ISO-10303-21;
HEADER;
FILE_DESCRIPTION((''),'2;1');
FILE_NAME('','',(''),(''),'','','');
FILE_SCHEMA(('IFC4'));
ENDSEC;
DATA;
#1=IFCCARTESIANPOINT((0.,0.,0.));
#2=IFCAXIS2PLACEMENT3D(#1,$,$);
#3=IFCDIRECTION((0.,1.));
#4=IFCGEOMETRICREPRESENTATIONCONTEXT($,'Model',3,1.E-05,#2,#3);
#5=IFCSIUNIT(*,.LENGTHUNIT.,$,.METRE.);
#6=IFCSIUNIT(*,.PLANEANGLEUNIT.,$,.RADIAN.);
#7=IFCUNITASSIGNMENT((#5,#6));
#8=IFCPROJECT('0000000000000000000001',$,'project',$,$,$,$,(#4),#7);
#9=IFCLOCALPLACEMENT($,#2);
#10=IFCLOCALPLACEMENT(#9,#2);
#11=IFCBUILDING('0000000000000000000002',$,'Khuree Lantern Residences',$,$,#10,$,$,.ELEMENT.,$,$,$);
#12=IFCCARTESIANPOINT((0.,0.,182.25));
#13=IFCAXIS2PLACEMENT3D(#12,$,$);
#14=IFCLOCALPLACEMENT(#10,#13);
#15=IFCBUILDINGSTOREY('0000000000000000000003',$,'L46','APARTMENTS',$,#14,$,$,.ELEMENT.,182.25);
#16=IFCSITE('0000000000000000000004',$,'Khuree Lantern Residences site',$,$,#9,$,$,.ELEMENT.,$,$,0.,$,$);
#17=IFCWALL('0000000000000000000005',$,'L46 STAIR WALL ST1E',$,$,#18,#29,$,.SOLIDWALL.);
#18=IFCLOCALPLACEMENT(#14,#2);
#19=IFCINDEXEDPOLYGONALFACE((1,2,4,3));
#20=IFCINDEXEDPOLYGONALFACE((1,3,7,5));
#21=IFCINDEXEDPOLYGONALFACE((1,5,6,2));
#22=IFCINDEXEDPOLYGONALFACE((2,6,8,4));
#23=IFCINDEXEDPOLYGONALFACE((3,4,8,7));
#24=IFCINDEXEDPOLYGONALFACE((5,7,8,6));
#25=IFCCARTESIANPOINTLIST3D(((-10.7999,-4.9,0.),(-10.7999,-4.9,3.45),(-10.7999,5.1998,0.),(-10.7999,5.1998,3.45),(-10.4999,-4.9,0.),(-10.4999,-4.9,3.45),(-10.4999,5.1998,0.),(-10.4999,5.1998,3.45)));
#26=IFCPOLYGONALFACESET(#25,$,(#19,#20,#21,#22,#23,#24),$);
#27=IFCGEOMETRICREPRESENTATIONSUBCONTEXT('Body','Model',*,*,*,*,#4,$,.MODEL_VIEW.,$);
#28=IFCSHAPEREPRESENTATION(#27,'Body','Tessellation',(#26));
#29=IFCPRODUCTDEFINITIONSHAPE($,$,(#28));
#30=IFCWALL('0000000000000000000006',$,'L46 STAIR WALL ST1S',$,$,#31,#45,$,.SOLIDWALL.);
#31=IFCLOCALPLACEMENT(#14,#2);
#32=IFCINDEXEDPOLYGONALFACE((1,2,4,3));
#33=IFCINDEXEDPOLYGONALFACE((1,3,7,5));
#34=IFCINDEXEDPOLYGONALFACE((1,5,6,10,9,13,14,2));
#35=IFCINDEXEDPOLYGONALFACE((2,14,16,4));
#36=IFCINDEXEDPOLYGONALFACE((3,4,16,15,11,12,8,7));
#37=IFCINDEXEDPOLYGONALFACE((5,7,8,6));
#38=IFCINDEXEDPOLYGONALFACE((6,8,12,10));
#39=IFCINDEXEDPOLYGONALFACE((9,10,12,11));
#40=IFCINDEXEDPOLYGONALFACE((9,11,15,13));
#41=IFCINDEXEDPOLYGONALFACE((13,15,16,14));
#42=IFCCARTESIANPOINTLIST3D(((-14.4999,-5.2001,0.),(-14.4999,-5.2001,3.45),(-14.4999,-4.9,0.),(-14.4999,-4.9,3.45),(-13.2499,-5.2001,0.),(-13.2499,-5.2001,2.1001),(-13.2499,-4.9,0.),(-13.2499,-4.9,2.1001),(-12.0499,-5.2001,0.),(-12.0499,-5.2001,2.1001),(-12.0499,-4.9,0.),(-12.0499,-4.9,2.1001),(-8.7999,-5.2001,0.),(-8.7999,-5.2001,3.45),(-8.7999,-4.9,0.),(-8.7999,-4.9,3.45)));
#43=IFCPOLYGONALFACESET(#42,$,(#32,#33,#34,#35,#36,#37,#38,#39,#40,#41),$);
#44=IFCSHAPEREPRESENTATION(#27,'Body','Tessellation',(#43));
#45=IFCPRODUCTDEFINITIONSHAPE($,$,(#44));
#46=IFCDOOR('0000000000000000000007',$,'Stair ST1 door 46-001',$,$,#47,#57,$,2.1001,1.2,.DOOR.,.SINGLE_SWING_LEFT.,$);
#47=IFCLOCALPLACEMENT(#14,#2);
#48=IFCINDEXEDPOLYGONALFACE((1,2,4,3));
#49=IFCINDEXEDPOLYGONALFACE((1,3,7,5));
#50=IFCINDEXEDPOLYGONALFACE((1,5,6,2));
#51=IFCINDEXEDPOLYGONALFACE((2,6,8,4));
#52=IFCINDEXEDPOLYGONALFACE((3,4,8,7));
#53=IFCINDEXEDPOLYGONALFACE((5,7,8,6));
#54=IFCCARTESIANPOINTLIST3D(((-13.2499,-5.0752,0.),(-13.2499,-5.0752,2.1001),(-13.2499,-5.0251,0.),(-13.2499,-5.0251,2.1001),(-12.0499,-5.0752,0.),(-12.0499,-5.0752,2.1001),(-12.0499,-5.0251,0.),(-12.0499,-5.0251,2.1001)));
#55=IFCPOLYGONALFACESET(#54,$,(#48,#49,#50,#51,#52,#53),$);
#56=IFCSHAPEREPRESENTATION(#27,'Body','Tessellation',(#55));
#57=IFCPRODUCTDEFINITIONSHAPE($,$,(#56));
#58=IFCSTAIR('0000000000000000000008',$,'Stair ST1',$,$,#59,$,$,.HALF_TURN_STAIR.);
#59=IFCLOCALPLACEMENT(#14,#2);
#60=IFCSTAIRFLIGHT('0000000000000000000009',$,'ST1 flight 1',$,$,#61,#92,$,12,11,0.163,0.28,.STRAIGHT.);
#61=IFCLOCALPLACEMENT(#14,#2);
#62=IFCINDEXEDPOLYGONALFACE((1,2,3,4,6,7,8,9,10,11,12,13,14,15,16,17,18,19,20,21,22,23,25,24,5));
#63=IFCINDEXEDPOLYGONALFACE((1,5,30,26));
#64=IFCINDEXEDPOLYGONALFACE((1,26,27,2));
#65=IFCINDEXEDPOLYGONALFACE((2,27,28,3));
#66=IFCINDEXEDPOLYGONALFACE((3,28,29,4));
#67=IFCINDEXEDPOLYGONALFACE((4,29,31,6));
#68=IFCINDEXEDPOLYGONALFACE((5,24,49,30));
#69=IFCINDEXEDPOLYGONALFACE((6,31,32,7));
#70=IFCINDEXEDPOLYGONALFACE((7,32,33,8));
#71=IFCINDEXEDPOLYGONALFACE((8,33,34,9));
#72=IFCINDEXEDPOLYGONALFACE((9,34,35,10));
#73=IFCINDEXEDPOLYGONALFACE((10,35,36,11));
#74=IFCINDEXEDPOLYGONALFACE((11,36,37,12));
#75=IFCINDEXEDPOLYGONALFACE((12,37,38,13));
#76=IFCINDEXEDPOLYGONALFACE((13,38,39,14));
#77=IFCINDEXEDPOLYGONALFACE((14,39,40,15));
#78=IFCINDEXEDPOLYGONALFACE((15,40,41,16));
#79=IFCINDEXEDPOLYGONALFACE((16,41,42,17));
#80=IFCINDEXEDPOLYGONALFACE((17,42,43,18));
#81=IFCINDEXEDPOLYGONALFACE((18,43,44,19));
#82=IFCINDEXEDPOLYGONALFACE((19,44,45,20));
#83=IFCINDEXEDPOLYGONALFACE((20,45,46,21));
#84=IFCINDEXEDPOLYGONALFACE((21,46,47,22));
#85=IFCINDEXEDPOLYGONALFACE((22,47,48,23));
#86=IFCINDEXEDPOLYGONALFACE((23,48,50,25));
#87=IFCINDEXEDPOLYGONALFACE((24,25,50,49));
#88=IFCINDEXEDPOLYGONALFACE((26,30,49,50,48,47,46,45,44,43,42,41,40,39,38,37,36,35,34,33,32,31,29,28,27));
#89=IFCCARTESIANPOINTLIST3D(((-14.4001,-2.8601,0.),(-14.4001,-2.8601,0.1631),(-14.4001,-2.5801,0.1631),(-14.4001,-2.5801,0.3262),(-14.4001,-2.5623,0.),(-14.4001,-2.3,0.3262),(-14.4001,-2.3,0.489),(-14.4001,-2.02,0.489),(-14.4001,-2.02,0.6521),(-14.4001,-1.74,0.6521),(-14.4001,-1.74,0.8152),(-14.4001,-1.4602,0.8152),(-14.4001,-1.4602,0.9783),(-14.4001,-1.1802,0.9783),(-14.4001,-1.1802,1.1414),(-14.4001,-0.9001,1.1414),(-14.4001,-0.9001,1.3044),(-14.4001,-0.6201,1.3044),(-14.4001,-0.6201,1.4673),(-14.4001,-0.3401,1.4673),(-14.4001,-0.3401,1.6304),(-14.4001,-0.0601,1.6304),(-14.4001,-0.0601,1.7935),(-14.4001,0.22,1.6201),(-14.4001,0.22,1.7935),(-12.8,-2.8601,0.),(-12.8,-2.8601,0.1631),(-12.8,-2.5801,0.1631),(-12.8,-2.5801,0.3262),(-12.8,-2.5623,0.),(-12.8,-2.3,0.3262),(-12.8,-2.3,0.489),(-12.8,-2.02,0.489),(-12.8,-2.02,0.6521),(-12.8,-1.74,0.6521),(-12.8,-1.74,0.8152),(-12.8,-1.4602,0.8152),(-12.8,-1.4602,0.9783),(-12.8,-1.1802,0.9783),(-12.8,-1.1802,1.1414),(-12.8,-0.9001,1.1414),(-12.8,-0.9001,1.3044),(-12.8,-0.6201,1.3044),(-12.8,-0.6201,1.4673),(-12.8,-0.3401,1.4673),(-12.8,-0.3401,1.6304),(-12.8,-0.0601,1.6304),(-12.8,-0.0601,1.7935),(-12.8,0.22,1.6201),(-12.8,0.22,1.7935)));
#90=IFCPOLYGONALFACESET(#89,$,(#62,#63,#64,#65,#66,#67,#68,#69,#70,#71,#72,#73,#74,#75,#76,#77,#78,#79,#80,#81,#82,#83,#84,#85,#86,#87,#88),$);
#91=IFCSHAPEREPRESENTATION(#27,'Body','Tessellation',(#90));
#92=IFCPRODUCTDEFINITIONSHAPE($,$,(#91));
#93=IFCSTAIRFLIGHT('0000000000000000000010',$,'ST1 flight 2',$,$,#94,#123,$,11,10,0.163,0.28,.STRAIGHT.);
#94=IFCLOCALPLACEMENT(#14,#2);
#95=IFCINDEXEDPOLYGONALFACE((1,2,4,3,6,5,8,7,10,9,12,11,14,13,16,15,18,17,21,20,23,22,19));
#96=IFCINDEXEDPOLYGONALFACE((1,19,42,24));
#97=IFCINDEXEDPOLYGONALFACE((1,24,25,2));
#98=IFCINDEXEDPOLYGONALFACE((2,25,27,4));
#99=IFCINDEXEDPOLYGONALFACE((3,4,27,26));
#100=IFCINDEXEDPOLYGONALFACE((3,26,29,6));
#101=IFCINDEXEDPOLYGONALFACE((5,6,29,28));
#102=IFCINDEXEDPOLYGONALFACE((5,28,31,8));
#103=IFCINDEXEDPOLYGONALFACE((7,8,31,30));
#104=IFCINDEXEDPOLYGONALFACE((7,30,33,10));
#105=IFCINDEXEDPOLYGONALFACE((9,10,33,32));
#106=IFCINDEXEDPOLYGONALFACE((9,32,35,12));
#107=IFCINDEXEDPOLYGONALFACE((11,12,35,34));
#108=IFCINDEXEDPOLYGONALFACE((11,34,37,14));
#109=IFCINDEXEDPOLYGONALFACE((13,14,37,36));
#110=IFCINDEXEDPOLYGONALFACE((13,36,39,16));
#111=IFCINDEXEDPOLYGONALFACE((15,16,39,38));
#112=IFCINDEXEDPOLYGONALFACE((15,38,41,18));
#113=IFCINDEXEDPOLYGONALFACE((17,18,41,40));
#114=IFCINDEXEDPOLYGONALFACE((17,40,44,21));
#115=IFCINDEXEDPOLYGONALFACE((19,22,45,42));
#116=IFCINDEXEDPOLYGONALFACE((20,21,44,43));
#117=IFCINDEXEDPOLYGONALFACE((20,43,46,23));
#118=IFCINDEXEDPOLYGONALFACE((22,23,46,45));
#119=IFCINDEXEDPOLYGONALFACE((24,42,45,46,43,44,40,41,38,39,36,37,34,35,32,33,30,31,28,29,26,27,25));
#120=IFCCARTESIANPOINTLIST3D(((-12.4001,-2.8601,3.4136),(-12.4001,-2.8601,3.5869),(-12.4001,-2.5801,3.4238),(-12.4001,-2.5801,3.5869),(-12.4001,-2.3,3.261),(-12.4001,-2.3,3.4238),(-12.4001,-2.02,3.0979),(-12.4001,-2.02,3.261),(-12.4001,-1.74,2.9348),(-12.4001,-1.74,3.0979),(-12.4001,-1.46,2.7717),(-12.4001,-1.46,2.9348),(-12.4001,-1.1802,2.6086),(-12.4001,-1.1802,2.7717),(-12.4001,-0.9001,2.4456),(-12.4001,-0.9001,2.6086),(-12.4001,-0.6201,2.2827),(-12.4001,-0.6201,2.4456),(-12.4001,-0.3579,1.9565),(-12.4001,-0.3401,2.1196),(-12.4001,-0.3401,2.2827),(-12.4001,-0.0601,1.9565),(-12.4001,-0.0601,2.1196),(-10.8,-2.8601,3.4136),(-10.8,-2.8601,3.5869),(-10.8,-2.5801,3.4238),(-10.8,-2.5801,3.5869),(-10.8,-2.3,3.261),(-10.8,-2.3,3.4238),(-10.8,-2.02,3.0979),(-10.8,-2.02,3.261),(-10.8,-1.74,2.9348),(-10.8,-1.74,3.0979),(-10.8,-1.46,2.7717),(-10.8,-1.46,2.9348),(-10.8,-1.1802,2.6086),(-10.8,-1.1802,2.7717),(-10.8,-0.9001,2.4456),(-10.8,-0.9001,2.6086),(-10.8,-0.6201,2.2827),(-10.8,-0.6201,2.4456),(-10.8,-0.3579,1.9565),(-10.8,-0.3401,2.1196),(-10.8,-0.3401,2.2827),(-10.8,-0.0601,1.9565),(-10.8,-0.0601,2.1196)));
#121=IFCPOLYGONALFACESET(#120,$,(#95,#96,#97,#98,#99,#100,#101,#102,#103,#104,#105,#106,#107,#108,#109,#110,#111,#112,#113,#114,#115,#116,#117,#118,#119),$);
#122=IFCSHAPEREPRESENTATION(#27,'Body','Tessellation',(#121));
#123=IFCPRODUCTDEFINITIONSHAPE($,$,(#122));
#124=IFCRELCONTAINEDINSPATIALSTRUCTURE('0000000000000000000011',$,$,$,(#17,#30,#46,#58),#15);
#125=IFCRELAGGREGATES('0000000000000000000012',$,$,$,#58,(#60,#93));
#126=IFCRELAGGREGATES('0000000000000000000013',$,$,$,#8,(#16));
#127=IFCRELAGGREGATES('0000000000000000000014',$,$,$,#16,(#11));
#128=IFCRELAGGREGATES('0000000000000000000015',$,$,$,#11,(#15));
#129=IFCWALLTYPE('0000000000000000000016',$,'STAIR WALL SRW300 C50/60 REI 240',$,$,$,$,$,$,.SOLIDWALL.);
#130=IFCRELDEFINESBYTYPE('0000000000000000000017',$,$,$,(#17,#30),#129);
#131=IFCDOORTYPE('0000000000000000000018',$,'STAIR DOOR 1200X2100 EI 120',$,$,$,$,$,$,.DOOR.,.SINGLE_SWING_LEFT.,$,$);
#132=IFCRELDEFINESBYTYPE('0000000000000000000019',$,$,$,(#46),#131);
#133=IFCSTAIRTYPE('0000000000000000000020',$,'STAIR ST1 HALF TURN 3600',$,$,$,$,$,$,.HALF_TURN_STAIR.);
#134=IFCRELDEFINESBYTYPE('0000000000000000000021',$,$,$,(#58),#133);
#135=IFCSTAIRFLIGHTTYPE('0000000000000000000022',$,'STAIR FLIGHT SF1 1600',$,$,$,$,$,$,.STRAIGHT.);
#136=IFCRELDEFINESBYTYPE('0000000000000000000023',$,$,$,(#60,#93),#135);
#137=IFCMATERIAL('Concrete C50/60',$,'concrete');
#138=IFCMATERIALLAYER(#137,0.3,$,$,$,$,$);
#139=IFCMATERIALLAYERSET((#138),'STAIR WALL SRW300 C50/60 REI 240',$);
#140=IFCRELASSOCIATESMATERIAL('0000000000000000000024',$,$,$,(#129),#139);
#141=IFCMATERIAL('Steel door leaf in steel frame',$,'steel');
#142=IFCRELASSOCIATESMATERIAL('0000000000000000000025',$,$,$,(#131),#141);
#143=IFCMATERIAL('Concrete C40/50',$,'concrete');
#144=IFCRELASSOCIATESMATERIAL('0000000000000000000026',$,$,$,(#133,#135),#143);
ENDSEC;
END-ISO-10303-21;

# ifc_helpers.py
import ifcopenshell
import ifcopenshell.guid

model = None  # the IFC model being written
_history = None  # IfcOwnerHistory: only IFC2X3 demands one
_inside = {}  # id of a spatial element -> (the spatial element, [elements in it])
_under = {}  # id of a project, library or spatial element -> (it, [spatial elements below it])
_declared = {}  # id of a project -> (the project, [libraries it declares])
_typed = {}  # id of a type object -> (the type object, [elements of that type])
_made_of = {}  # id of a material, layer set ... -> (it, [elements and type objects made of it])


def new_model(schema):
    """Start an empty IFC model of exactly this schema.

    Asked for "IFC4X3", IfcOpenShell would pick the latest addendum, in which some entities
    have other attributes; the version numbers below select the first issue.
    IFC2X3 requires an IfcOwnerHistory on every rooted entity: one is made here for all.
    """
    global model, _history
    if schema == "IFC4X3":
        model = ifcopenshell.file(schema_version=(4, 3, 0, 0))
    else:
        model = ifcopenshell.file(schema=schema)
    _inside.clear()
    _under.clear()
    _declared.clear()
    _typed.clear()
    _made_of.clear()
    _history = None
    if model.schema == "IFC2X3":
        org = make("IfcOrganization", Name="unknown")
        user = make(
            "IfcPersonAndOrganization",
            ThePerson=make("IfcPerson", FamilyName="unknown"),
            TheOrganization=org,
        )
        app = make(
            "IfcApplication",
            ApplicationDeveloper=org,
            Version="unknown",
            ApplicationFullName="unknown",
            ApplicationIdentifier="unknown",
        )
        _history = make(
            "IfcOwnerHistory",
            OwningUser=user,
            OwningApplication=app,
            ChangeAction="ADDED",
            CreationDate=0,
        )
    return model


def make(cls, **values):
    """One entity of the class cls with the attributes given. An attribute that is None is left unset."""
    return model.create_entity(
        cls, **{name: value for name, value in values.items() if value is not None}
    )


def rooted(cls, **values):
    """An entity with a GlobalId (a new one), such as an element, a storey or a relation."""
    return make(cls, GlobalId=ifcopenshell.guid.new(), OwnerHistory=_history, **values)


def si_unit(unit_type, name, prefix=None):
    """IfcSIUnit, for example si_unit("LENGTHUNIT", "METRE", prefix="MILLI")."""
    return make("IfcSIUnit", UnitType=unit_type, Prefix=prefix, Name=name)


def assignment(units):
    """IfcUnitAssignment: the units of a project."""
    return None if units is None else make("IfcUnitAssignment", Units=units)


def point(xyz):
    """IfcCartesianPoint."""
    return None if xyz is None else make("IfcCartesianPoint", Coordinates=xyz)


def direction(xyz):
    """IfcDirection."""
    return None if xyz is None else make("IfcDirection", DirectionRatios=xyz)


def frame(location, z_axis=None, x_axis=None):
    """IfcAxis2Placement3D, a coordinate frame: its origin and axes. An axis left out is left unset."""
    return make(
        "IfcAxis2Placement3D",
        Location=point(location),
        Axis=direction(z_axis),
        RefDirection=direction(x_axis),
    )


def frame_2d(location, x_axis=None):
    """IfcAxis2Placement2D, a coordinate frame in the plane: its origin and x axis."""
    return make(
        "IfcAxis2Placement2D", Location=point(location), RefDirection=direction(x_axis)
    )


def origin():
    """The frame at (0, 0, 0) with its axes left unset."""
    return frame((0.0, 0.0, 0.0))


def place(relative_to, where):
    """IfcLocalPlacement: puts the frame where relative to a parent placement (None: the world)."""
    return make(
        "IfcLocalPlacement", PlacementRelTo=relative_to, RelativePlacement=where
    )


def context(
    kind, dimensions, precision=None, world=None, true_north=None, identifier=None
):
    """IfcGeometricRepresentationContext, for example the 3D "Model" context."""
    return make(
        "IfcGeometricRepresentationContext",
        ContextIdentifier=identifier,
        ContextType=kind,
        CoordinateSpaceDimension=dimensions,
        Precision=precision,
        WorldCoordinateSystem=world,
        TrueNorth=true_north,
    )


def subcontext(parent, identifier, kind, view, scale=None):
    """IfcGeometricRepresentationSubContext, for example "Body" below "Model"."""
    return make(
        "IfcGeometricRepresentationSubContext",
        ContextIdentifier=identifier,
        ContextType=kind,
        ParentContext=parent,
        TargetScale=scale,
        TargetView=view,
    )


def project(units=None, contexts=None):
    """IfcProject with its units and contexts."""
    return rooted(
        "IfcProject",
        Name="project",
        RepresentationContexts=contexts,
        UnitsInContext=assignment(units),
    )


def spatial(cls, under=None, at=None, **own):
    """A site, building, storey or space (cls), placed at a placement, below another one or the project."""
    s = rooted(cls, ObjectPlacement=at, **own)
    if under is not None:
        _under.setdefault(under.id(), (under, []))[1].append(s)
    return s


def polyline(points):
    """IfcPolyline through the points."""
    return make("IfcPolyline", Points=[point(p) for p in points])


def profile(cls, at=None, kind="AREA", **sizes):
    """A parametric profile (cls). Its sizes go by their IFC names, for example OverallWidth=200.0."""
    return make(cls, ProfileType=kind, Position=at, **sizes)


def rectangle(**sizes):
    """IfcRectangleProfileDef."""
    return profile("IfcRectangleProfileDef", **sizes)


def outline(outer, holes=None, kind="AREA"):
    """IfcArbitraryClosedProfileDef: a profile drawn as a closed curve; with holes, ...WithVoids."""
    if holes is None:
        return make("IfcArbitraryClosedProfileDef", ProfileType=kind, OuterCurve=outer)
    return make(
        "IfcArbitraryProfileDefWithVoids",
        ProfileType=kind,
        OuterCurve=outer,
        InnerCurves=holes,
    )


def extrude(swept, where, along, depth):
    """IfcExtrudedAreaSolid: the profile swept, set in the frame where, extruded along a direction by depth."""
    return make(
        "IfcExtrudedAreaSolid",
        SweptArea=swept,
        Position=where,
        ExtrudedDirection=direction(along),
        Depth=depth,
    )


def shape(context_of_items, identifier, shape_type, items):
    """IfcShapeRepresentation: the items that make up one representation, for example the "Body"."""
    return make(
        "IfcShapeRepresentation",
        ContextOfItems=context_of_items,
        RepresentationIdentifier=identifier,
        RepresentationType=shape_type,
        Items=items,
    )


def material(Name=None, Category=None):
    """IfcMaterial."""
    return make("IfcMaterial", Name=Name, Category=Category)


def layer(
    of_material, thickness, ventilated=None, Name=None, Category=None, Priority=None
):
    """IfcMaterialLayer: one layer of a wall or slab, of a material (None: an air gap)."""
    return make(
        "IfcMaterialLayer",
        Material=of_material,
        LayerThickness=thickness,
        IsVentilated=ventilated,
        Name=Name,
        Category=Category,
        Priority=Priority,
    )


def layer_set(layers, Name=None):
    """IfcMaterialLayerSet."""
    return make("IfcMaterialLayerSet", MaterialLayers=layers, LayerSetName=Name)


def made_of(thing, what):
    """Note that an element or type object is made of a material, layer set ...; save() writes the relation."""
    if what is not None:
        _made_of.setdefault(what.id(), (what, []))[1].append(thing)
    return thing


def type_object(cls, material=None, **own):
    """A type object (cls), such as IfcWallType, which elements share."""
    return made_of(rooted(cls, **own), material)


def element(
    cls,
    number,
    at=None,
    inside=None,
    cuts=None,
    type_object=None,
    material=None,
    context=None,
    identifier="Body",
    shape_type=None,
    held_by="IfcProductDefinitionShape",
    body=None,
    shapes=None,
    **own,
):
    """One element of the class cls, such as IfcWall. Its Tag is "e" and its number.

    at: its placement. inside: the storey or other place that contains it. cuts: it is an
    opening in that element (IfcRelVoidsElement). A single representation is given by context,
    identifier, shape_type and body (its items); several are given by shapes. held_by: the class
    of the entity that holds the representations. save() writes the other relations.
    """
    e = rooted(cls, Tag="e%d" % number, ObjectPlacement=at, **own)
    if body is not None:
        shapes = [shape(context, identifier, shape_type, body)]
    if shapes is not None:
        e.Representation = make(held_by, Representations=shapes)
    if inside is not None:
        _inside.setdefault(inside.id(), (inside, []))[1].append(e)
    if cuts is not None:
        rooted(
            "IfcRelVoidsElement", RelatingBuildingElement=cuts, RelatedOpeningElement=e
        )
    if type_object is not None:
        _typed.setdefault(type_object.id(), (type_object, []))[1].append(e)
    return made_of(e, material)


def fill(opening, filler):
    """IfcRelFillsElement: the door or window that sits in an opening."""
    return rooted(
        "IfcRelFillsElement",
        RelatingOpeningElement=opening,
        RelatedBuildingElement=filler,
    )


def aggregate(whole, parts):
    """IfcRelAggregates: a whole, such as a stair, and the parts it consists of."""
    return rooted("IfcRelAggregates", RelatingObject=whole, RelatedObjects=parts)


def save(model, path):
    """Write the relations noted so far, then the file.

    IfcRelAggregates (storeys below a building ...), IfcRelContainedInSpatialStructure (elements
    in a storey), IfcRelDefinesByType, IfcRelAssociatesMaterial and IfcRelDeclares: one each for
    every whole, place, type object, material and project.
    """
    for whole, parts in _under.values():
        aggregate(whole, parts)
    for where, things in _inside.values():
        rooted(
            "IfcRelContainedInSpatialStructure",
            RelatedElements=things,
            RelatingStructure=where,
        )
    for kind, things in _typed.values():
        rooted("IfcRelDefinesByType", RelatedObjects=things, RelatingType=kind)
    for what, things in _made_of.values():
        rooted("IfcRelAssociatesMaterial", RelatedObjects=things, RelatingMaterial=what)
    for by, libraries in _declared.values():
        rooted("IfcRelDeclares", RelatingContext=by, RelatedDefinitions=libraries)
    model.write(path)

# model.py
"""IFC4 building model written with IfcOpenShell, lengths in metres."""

from ifc_helpers import new_model, si_unit, direction, frame, frame_2d, origin, place, context, subcontext, project, spatial, polyline, rectangle, outline, extrude, material, layer, layer_set, type_object, element, fill, aggregate, save


model = new_model("IFC4")

# Units and contexts
model_context = context("Model", 3, precision=1e-05, world=origin(), true_north=direction((0.0, 1.0)))
body_context = subcontext(model_context, "Body", "Model", "MODEL_VIEW")
ifc_project = project(units=[si_unit("LENGTHUNIT", "METRE"), si_unit("PLANEANGLEUNIT", "RADIAN")], contexts=[model_context])

# Site, building, storey
site_placement = place(None, origin())
site = spatial("IfcSite", under=ifc_project, at=site_placement, Name="Khuree Lantern Residences site", CompositionType="ELEMENT", RefElevation=0.0)
building_placement = place(site_placement, origin())
building = spatial("IfcBuilding", under=site, at=building_placement, Name="Khuree Lantern Residences", CompositionType="ELEMENT")
storey_placement = place(building_placement, frame((0.0, 0.0, 182.25)))
storey = spatial("IfcBuildingStorey", under=building, at=storey_placement, Name="L46", Description="APARTMENTS", CompositionType="ELEMENT", Elevation=182.25)

# Shared definitions
ifc_material_1 = material(Name="Steel door leaf in steel frame", Category="steel")

# Wall
ifc_material_2 = material(Name="Concrete C50/60", Category="concrete")
ifc_layer_1 = layer(ifc_material_2, 0.3)
ifc_layer_set_1 = layer_set([ifc_layer_1], Name="STAIR WALL SRW300 C50/60 REI 240")
wall_type_1 = type_object("IfcWallType", Name="STAIR WALL SRW300 C50/60 REI 240", PredefinedType="SOLIDWALL", material=ifc_layer_set_1)
wall_1_placement = place(storey_placement, frame((-10.6499, -4.8999, 0.0), z_axis=(0.0, 0.0, 1.0), x_axis=(0.0, 1.0, 0.0)))
element("IfcWall", 1, at=wall_1_placement, inside=storey, type_object=wall_type_1, Name="L46 STAIR WALL ST1E", PredefinedType="SOLIDWALL", context=body_context, shape_type="SweptSolid", body=[
    extrude(rectangle(XDim=10.0999, YDim=0.3, at=frame_2d((5.0498, 0.0))), origin(), (0.0, 0.0, 1.0), 3.45),
])

# Wall, opening, door
wall_2_placement = place(storey_placement, frame((-14.5, -5.05, 0.0), z_axis=(0.0, 0.0, 1.0), x_axis=(1.0, 0.0, 0.0)))
wall_2 = element("IfcWall", 2, at=wall_2_placement, inside=storey, type_object=wall_type_1, Name="L46 STAIR WALL ST1S", PredefinedType="SOLIDWALL", context=body_context, shape_type="SweptSolid", body=[
    extrude(rectangle(XDim=5.7, YDim=0.3, at=frame_2d((2.8501, 0.0))), origin(), (0.0, 0.0, 1.0), 3.45),
])
opening_1_placement = place(wall_2_placement, frame((1.25, 0.0, 0.0)))
opening_1 = element("IfcOpeningElement", 3, at=opening_1_placement, cuts=wall_2, PredefinedType="OPENING", context=body_context, shape_type="SweptSolid", body=[
    extrude(rectangle(XDim=1.2, YDim=2.1001, at=frame_2d((0.6001, 1.05))), frame((0.0, 0.1602, 0.0), z_axis=(0.0, -1.0, 0.0), x_axis=(1.0, 0.0, 0.0)), (0.0, 0.0, 1.0), 0.3201),
])
door_type_1 = type_object("IfcDoorType", Name="STAIR DOOR 1200X2100 EI 120", OperationType="SINGLE_SWING_LEFT", PredefinedType="DOOR", material=ifc_material_1)
door_1_placement = place(opening_1_placement, origin())
door_1 = element("IfcDoor", 4, at=door_1_placement, inside=storey, type_object=door_type_1, Name="Stair ST1 door 46-001", OperationType="SINGLE_SWING_LEFT", OverallHeight=2.1001, OverallWidth=1.2, PredefinedType="DOOR", context=body_context, shape_type="SweptSolid", body=[
    extrude(rectangle(XDim=1.2, YDim=2.1001, at=frame_2d((0.6001, 1.05))), frame((0.0, 0.0249, 0.0), z_axis=(0.0, -1.0, 0.0), x_axis=(1.0, 0.0, 0.0)), (0.0, 0.0, 1.0), 0.05),
])
fill(opening_1, door_1)

# Stair, stair flights
ifc_material_3 = material(Name="Concrete C40/50", Category="concrete")
stair_type = type_object("IfcStairType", Name="STAIR ST1 HALF TURN 3600", PredefinedType="HALF_TURN_STAIR", material=ifc_material_3)
stair_placement = place(storey_placement, origin())
stair = element("IfcStair", 5, at=stair_placement, inside=storey, type_object=stair_type, Name="Stair ST1", PredefinedType="HALF_TURN_STAIR")
stair_flight_type = type_object("IfcStairFlightType", Name="STAIR FLIGHT SF1 1600", PredefinedType="STRAIGHT", material=ifc_material_3)
stair_flight_1_placement = place(storey_placement, frame((-13.6001, -2.8601, 0.0), z_axis=(0.0, 0.0, 1.0), x_axis=(0.0, 1.0, 0.0)))
stair_flight_1 = element("IfcStairFlight", 6, at=stair_flight_1_placement, type_object=stair_flight_type, Name="ST1 flight 1", NumberOfRisers=12, NumberOfTreads=11, PredefinedType="STRAIGHT", RiserHeight=0.163, TreadLength=0.28, context=body_context, shape_type="SweptSolid", body=[
    extrude(outline(polyline([(0.0, 0.0), (0.0, 0.1631), (0.28, 0.1631), (0.28, 0.3262), (0.5601, 0.3262), (0.5601, 0.489), (0.8401, 0.489), (0.8401, 0.6521), (1.1201, 0.6521), (1.1201, 0.8152), (1.3999, 0.8152), (1.3999, 0.9783), (1.6799, 0.9783), (1.6799, 1.1414), (1.96, 1.1414), (1.96, 1.3044), (2.24, 1.3044), (2.24, 1.4673), (2.52, 1.4673), (2.52, 1.6304), (2.8, 1.6304), (2.8, 1.7935), (3.0801, 1.7935), (3.0801, 1.9565), (3.0801, 1.6201), (0.2979, 0.0), (0.0, 0.0)])), frame((0.0, 0.8, 0.0), z_axis=(0.0, -1.0, 0.0), x_axis=(1.0, 0.0, 0.0)), (0.0, 0.0, 1.0), 1.6001),
])
stair_flight_2_placement = place(storey_placement, frame((-11.6001, -0.0601, 1.9565), z_axis=(0.0, 0.0, 1.0), x_axis=(0.0, -1.0, 0.0)))
stair_flight_2 = element("IfcStairFlight", 7, at=stair_flight_2_placement, type_object=stair_flight_type, Name="ST1 flight 2", NumberOfRisers=11, NumberOfTreads=10, PredefinedType="STRAIGHT", RiserHeight=0.163, TreadLength=0.28, context=body_context, shape_type="SweptSolid", body=[
    extrude(outline(polyline([(0.0, 0.0), (0.0, 0.1631), (0.28, 0.1631), (0.28, 0.3262), (0.5601, 0.3262), (0.5601, 0.489), (0.8401, 0.489), (0.8401, 0.6521), (1.1201, 0.6521), (1.1201, 0.8152), (1.3999, 0.8152), (1.3999, 0.9783), (1.6799, 0.9783), (1.6799, 1.1414), (1.96, 1.1414), (1.96, 1.3044), (2.24, 1.3044), (2.24, 1.4673), (2.52, 1.4673), (2.52, 1.6304), (2.8, 1.6304), (2.8, 1.7935), (2.8, 1.457), (0.2979, 0.0), (0.0, 0.0)])), frame((0.0, 0.8, 0.0), z_axis=(0.0, -1.0, 0.0), x_axis=(1.0, 0.0, 0.0)), (0.0, 0.0, 1.0), 1.6001),
])
aggregate(stair, [stair_flight_1, stair_flight_2])

save(model, "model.ifc")
